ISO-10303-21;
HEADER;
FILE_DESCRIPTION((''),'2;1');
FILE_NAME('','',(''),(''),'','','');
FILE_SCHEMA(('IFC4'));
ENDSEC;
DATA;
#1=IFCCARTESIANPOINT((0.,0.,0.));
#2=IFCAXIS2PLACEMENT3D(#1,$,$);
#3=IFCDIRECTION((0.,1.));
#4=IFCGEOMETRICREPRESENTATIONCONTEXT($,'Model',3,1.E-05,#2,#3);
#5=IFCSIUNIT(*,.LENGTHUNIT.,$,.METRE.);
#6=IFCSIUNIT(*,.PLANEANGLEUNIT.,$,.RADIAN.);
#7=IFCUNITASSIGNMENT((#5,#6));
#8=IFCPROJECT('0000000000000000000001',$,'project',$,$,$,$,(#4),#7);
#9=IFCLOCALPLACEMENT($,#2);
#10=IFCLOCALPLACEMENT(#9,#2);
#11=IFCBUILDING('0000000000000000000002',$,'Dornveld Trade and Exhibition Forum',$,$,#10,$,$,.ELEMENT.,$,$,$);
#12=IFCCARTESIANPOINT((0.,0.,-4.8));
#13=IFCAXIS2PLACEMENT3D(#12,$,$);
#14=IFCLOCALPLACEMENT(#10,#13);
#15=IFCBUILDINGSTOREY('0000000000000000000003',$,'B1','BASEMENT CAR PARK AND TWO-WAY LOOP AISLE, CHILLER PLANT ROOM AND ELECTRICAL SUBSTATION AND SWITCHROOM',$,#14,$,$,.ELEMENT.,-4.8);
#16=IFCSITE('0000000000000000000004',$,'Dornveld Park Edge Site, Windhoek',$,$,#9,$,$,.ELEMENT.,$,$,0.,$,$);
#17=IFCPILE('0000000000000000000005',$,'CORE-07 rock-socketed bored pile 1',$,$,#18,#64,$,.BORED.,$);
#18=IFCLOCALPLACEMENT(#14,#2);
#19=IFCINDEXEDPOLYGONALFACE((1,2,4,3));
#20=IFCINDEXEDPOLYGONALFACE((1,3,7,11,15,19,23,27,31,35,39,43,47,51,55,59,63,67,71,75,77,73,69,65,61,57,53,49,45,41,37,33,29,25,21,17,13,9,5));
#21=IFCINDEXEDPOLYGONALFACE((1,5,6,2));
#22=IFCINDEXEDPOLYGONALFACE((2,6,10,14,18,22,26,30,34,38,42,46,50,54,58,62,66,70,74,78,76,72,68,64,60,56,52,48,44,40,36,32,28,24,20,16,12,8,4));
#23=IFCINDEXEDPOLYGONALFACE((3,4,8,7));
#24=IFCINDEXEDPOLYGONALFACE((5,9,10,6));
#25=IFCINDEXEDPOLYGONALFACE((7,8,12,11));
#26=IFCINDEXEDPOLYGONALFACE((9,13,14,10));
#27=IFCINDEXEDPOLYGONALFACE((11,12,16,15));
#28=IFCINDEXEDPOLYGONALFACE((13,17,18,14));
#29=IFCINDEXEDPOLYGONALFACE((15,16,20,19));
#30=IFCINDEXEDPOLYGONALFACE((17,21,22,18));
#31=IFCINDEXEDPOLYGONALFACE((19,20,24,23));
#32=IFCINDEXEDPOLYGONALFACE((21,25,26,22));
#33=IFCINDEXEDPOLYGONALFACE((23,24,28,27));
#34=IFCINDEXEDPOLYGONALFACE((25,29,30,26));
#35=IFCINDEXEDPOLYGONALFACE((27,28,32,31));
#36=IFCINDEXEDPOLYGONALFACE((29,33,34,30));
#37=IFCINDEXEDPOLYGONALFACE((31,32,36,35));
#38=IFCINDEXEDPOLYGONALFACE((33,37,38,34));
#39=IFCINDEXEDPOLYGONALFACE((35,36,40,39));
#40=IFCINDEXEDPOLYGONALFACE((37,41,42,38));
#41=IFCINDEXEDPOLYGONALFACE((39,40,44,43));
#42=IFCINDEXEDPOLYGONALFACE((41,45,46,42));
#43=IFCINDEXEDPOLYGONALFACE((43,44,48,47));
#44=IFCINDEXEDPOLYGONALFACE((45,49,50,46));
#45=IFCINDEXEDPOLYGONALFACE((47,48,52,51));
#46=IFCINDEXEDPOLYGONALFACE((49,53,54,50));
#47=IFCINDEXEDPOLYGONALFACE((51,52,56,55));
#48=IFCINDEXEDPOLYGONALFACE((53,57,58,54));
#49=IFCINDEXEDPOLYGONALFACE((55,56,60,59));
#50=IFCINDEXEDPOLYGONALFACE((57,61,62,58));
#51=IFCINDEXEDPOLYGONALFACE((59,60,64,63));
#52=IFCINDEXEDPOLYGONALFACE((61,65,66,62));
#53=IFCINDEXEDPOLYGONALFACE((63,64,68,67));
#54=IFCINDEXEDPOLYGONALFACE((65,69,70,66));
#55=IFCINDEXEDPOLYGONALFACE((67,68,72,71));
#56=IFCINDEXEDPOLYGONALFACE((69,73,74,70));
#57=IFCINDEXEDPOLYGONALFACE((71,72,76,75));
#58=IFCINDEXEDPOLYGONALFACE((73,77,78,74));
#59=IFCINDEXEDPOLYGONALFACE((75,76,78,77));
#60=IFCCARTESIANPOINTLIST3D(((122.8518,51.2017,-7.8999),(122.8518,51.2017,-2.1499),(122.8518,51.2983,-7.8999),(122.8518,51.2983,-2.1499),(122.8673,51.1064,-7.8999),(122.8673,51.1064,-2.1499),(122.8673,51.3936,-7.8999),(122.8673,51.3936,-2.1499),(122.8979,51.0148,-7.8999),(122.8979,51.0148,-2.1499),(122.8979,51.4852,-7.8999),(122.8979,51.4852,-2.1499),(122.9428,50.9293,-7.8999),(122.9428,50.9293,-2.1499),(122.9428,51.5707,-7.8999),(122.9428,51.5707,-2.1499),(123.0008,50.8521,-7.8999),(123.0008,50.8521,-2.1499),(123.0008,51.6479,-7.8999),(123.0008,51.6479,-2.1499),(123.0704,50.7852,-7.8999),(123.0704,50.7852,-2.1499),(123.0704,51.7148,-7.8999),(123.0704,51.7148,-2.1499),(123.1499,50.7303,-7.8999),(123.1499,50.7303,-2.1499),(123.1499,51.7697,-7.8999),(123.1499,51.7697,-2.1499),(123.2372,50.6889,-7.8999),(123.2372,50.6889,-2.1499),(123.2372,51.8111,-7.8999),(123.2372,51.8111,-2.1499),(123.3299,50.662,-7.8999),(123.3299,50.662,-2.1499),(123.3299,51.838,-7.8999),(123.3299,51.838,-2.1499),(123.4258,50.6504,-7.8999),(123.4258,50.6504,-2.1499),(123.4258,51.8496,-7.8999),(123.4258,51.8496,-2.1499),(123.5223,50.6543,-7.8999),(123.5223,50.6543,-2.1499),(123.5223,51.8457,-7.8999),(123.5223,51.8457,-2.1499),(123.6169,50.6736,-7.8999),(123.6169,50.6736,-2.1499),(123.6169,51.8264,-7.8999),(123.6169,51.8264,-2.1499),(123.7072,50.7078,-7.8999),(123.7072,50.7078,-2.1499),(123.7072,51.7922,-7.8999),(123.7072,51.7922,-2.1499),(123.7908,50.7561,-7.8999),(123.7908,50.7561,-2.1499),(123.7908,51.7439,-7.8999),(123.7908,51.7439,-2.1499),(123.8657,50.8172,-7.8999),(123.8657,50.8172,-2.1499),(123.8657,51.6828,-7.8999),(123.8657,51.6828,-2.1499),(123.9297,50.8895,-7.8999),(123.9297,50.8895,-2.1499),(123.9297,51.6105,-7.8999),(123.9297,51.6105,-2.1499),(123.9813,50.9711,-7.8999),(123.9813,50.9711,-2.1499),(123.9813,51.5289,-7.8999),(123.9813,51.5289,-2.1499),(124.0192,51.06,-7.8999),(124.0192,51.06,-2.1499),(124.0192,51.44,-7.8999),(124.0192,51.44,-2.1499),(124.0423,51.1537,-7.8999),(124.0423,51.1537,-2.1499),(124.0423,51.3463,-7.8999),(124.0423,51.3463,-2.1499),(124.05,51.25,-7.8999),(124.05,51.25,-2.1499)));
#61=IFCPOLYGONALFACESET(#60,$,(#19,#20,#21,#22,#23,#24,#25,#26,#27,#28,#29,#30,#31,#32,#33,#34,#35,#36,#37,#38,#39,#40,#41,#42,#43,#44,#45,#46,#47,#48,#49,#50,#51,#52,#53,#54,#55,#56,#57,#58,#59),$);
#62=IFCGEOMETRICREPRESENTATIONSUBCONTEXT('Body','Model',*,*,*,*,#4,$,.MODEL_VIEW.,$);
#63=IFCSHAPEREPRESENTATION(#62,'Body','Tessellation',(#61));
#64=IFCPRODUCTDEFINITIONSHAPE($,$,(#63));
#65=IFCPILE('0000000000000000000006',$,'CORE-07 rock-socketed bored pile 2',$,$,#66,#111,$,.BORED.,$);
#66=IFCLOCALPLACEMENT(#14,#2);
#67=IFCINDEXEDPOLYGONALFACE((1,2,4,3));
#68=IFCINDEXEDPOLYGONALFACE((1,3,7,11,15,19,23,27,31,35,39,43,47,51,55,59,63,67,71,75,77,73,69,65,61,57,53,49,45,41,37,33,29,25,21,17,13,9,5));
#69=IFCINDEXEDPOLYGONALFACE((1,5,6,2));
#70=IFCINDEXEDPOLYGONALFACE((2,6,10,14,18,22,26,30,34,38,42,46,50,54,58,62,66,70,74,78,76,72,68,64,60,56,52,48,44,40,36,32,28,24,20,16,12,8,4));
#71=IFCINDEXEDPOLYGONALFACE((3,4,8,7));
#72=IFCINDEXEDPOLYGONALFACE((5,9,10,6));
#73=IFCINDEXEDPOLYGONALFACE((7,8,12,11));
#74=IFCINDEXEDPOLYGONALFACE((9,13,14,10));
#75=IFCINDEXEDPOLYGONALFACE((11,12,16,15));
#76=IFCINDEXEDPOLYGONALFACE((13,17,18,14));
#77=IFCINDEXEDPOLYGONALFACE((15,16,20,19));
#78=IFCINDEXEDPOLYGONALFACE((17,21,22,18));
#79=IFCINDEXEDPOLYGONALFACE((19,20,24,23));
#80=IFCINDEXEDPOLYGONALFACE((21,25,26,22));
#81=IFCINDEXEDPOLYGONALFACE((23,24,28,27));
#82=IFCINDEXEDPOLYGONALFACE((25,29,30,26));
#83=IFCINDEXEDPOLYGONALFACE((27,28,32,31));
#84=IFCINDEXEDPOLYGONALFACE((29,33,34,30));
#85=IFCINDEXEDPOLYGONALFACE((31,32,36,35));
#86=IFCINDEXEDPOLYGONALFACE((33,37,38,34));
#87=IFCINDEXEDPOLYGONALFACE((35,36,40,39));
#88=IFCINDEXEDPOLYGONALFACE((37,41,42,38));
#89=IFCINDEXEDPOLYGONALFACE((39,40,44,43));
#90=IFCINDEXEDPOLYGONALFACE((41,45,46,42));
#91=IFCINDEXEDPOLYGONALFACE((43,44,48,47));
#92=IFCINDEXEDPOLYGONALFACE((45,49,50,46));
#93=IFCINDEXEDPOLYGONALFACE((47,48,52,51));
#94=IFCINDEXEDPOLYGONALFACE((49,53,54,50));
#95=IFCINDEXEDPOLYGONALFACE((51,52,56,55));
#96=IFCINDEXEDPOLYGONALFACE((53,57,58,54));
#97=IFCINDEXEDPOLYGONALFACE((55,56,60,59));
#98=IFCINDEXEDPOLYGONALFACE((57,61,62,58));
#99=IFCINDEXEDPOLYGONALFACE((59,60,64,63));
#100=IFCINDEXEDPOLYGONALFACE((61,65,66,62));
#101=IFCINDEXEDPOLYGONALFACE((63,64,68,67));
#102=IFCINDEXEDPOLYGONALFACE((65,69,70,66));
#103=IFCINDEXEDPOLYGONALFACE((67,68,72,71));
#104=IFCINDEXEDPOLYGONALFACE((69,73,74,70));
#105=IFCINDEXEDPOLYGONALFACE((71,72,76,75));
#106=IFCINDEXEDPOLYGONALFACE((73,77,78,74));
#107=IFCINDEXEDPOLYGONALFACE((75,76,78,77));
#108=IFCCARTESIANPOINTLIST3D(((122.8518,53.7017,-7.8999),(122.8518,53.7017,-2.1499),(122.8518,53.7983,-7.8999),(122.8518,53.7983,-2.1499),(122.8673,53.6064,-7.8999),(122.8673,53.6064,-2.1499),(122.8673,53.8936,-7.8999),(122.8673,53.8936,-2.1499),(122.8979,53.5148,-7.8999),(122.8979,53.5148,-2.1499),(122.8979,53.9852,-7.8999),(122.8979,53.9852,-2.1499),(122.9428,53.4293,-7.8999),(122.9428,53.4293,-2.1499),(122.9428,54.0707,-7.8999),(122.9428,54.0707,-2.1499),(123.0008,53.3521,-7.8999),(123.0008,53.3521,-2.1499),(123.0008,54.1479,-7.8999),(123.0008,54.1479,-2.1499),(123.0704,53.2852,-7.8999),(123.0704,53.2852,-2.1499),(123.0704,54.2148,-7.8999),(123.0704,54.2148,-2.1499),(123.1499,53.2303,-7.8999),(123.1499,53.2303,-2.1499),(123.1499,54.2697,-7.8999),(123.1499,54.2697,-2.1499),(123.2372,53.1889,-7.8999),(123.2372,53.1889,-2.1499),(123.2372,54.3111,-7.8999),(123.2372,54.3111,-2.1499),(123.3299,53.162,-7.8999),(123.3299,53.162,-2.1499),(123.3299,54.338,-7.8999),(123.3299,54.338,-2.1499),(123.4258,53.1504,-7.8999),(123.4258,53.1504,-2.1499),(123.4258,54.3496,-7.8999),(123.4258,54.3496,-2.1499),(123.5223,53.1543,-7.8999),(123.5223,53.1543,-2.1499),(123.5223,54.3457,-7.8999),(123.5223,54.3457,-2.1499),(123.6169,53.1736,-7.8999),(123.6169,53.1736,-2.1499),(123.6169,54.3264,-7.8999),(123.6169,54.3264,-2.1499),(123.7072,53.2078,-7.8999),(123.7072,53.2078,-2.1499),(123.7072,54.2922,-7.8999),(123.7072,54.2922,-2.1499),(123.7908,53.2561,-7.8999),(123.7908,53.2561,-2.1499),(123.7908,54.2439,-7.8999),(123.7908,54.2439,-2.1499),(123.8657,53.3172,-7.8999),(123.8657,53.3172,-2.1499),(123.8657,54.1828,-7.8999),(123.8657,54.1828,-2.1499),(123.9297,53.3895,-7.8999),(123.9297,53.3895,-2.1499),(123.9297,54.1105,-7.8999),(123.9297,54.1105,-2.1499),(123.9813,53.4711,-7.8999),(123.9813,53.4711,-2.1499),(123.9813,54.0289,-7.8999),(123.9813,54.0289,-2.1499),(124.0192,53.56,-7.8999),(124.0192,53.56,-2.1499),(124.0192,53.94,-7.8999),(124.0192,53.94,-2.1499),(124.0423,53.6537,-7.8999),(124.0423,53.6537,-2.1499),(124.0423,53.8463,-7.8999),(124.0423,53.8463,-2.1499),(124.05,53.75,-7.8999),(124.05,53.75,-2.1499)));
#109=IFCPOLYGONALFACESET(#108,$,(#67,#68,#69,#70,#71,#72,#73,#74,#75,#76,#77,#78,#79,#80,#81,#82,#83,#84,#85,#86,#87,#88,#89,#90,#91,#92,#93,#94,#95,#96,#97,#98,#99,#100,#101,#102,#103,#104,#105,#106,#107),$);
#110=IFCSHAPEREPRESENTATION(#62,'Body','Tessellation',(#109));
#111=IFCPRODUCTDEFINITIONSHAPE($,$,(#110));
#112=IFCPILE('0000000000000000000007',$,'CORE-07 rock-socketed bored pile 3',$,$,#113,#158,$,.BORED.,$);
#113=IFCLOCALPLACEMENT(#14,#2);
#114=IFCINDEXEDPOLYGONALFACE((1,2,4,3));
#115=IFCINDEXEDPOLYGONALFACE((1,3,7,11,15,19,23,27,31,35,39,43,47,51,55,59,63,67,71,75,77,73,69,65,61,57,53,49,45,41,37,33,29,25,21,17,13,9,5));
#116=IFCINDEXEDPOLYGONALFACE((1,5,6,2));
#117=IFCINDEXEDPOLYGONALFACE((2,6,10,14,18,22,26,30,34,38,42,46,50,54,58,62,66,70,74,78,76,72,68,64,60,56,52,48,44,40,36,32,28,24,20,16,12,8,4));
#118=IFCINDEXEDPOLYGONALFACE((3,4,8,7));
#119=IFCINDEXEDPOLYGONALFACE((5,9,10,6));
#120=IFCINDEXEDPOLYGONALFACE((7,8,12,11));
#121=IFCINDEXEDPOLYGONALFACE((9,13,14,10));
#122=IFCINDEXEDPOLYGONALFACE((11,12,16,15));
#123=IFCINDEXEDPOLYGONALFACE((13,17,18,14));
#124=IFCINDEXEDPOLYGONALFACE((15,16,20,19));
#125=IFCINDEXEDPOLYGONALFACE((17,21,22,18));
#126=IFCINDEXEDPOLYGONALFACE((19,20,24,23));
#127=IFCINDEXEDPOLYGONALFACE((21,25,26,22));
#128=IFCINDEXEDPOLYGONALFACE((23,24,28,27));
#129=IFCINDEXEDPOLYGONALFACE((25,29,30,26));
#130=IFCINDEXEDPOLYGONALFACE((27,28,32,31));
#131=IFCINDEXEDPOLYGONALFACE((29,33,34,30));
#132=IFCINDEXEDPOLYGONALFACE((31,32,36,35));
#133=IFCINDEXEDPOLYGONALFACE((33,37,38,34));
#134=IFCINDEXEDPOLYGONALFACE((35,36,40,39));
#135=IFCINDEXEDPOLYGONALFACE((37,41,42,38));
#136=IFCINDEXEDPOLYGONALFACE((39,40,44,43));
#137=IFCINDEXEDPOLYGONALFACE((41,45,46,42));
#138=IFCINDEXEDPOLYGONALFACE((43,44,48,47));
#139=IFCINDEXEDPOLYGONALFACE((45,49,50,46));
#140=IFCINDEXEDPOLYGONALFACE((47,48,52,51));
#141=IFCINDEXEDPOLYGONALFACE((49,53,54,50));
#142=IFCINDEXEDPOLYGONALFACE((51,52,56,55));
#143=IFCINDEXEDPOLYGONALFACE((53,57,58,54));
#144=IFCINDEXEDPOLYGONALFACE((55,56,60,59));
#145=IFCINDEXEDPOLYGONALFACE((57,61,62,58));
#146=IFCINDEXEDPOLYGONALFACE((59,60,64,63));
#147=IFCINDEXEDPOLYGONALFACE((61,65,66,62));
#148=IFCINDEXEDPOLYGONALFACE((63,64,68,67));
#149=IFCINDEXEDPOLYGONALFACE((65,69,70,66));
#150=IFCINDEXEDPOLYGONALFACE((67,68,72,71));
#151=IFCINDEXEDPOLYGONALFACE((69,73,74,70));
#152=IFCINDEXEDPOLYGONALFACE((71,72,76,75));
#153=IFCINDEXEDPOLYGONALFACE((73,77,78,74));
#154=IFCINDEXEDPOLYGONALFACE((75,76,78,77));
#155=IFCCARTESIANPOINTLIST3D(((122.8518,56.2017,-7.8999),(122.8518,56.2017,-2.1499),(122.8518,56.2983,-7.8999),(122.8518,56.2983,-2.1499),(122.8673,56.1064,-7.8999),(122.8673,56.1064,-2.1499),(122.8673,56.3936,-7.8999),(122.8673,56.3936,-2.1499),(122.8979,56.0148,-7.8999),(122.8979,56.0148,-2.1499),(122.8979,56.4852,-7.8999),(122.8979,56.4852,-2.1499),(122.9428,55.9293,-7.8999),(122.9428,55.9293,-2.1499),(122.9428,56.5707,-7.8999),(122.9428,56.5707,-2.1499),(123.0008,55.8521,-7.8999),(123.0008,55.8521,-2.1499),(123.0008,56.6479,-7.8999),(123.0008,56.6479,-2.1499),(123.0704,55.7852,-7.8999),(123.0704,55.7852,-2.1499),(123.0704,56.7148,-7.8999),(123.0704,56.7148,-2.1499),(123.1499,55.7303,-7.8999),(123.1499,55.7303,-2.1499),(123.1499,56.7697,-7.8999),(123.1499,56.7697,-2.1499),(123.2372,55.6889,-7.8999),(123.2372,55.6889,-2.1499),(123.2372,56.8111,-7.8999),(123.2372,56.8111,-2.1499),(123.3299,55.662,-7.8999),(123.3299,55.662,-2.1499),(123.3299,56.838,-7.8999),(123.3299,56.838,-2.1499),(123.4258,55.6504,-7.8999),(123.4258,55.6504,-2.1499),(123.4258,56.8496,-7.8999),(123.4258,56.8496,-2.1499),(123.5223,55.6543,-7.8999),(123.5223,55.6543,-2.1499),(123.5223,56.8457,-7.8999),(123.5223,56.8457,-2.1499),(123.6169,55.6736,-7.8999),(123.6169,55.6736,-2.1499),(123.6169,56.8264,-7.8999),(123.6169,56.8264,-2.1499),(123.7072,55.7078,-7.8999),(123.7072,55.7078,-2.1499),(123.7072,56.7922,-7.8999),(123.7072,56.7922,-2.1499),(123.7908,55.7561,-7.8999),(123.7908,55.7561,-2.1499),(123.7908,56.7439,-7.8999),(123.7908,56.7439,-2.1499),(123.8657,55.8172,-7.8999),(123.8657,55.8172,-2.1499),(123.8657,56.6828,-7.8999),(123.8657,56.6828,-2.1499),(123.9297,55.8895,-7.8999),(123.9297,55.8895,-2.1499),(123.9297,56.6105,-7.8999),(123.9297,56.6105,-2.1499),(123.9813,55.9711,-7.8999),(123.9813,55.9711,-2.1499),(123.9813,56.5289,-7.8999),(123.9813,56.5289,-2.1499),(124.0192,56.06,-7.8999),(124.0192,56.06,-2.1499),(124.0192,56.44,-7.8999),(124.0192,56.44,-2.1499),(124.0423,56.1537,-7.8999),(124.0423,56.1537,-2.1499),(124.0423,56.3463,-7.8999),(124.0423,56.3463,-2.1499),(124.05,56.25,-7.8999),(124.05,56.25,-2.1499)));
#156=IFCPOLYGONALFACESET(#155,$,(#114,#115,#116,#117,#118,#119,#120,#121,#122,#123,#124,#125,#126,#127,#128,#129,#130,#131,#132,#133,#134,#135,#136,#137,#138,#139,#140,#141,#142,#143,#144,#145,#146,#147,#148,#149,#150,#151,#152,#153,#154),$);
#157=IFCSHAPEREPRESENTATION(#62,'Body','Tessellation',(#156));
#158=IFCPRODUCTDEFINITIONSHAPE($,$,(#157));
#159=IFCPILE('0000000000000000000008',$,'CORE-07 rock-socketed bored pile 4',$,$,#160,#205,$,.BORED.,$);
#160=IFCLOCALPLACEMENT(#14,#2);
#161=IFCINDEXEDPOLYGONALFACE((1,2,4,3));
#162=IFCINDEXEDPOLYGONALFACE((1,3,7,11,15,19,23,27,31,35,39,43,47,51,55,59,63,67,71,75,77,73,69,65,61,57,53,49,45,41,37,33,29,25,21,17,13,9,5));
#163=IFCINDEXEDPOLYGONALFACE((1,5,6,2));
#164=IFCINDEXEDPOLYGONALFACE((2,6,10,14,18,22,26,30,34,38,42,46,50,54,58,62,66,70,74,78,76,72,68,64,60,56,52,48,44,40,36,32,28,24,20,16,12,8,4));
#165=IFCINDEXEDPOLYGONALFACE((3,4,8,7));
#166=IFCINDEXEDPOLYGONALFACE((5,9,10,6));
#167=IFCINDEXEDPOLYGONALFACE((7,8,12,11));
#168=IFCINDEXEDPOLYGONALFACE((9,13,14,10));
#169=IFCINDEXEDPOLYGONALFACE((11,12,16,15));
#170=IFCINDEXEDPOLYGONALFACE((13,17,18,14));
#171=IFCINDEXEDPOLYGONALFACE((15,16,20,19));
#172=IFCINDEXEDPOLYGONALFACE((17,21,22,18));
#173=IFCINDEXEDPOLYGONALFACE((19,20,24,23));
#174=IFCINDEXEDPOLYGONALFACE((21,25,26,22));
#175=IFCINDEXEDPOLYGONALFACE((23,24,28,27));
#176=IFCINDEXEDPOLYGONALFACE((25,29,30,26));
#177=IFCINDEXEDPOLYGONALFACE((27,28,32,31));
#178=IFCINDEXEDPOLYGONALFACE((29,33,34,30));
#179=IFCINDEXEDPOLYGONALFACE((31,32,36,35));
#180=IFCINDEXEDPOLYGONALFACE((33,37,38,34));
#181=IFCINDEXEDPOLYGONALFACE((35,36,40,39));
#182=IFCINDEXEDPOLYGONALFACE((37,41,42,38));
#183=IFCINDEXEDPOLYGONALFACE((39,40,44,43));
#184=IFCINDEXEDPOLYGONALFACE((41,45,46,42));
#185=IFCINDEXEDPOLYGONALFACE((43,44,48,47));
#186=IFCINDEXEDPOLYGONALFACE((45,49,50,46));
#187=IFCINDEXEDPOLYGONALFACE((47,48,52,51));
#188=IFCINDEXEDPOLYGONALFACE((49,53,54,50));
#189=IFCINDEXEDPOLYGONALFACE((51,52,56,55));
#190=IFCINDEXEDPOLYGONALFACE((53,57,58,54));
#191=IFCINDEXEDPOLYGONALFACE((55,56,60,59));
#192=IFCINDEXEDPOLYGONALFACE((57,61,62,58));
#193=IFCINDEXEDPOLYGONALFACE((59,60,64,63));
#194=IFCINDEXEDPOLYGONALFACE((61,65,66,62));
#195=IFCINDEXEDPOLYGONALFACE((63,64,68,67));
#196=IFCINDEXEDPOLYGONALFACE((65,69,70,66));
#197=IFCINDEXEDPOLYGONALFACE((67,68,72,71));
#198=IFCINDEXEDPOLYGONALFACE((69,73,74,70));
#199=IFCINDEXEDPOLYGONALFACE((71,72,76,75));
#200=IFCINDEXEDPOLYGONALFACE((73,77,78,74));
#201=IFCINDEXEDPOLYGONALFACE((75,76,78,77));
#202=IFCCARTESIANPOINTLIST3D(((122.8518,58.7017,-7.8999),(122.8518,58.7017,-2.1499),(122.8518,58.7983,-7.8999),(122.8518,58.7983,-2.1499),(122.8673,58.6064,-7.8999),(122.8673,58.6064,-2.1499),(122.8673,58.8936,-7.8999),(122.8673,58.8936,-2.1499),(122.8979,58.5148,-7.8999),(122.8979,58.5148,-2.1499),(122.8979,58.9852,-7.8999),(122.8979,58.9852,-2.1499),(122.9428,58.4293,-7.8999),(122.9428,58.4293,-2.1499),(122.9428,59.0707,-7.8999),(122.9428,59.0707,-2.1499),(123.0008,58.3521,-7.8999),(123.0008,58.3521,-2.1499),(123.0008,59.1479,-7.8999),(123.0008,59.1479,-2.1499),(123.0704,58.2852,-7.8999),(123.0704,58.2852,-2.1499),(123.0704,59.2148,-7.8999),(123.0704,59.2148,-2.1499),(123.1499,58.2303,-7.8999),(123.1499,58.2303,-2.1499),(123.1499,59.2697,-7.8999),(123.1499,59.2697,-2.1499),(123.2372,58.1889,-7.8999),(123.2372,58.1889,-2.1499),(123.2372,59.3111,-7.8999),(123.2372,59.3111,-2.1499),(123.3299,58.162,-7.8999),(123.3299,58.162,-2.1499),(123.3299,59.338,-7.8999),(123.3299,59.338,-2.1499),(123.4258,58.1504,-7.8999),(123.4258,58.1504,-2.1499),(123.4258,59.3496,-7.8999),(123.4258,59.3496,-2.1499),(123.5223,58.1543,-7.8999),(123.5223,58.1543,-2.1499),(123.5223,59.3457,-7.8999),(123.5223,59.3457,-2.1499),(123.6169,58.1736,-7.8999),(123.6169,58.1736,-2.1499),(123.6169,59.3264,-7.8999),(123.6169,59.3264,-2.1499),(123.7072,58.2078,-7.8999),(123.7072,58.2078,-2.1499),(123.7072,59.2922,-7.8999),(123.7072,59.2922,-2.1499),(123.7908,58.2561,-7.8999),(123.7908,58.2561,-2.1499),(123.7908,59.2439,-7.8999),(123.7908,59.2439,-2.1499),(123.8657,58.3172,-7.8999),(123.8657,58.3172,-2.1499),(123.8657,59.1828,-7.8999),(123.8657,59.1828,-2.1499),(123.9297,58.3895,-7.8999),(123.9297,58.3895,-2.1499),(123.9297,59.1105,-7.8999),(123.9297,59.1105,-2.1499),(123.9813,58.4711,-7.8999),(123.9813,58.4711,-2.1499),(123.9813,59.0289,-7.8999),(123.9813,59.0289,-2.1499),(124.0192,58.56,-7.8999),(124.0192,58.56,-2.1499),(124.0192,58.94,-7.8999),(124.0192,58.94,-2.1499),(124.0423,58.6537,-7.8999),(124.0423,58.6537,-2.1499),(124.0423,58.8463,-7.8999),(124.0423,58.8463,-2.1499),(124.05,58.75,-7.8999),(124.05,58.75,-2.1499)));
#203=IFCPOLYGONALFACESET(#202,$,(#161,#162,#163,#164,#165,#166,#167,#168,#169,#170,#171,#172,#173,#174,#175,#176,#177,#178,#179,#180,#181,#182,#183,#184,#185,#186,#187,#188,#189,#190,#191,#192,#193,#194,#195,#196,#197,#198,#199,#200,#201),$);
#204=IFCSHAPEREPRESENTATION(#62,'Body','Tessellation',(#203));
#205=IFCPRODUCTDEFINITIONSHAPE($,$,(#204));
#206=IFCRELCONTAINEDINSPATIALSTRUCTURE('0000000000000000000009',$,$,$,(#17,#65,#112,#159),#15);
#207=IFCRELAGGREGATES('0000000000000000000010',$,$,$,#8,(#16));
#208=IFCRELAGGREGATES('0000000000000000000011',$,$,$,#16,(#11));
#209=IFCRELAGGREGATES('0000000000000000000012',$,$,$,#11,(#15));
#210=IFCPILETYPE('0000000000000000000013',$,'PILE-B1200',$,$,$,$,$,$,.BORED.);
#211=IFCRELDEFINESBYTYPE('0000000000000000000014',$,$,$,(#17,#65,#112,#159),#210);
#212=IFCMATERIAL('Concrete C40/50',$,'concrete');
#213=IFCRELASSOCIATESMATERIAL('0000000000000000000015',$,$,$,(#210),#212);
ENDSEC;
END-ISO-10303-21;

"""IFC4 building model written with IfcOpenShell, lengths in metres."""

from ifc_helpers import new_model, si_unit, direction, frame, origin, origin_2d, place, context, subcontext, project, spatial, circle, extrude, material, material_profile, profile_set, type_object, element, save


model = new_model("IFC4")

# Units and contexts
model_context = context("Model", 3, precision=1e-05, world=origin(), true_north=direction((0.0, 1.0)))
body_context = subcontext(model_context, "Body", "Model", "MODEL_VIEW")
ifc_project = project(units=[si_unit("LENGTHUNIT", "METRE"), si_unit("PLANEANGLEUNIT", "RADIAN")], contexts=[model_context])

# Site, building, storey
site_placement = place(None, origin())
site = spatial("IfcSite", under=ifc_project, at=site_placement, Name="Dornveld Park Edge Site, Windhoek", CompositionType="ELEMENT", RefElevation=0.0)
building_placement = place(site_placement, origin())
building = spatial("IfcBuilding", under=site, at=building_placement, Name="Dornveld Trade and Exhibition Forum", CompositionType="ELEMENT")
storey_placement = place(building_placement, frame((0.0, 0.0, -4.8)))
storey = spatial("IfcBuildingStorey", under=building, at=storey_placement, Name="B1", Description="BASEMENT CAR PARK AND TWO-WAY LOOP AISLE, CHILLER PLANT ROOM AND ELECTRICAL SUBSTATION AND SWITCHROOM", CompositionType="ELEMENT", Elevation=-4.8)

# Piles
ifc_material_1 = material(Name="Concrete C40/50", Category="concrete")
ifc_material_profile_1 = material_profile(ifc_material_1, circle(Radius=0.6001, at=origin_2d()), Name="PILE D1200")
ifc_profile_set_1 = profile_set([ifc_material_profile_1], Name="Concrete C40/50")
pile_type_1 = type_object("IfcPileType", Name="PILE-B1200", PredefinedType="BORED", material=ifc_profile_set_1)
for number, where, z_axis, x_axis, name in (
    (1, (123.45, 51.25, -2.1499), (0.0, 0.0, -1.0), (1.0, 0.0, 0.0), "CORE-07 rock-socketed bored pile 1"),
    (2, (123.45, 53.75, -2.1499), (0.0, 0.0, -1.0), (1.0, 0.0, 0.0), "CORE-07 rock-socketed bored pile 2"),
    (3, (123.45, 56.25, -2.1499), (0.0, 0.0, -1.0), (1.0, 0.0, 0.0), "CORE-07 rock-socketed bored pile 3"),
    (4, (123.45, 58.75, -2.1499), (0.0, 0.0, -1.0), (1.0, 0.0, 0.0), "CORE-07 rock-socketed bored pile 4"),
):
    element("IfcPile", number, at=place(storey_placement, frame(where, z_axis=z_axis, x_axis=x_axis)), inside=storey, type_object=pile_type_1, Name=name, PredefinedType="BORED", context=body_context, shape_type="SweptSolid", body=[
        extrude(circle(Radius=0.6001, at=origin_2d()), origin(), (0.0, 0.0, 1.0), 5.75),
    ])

save(model, "model.ifc")
